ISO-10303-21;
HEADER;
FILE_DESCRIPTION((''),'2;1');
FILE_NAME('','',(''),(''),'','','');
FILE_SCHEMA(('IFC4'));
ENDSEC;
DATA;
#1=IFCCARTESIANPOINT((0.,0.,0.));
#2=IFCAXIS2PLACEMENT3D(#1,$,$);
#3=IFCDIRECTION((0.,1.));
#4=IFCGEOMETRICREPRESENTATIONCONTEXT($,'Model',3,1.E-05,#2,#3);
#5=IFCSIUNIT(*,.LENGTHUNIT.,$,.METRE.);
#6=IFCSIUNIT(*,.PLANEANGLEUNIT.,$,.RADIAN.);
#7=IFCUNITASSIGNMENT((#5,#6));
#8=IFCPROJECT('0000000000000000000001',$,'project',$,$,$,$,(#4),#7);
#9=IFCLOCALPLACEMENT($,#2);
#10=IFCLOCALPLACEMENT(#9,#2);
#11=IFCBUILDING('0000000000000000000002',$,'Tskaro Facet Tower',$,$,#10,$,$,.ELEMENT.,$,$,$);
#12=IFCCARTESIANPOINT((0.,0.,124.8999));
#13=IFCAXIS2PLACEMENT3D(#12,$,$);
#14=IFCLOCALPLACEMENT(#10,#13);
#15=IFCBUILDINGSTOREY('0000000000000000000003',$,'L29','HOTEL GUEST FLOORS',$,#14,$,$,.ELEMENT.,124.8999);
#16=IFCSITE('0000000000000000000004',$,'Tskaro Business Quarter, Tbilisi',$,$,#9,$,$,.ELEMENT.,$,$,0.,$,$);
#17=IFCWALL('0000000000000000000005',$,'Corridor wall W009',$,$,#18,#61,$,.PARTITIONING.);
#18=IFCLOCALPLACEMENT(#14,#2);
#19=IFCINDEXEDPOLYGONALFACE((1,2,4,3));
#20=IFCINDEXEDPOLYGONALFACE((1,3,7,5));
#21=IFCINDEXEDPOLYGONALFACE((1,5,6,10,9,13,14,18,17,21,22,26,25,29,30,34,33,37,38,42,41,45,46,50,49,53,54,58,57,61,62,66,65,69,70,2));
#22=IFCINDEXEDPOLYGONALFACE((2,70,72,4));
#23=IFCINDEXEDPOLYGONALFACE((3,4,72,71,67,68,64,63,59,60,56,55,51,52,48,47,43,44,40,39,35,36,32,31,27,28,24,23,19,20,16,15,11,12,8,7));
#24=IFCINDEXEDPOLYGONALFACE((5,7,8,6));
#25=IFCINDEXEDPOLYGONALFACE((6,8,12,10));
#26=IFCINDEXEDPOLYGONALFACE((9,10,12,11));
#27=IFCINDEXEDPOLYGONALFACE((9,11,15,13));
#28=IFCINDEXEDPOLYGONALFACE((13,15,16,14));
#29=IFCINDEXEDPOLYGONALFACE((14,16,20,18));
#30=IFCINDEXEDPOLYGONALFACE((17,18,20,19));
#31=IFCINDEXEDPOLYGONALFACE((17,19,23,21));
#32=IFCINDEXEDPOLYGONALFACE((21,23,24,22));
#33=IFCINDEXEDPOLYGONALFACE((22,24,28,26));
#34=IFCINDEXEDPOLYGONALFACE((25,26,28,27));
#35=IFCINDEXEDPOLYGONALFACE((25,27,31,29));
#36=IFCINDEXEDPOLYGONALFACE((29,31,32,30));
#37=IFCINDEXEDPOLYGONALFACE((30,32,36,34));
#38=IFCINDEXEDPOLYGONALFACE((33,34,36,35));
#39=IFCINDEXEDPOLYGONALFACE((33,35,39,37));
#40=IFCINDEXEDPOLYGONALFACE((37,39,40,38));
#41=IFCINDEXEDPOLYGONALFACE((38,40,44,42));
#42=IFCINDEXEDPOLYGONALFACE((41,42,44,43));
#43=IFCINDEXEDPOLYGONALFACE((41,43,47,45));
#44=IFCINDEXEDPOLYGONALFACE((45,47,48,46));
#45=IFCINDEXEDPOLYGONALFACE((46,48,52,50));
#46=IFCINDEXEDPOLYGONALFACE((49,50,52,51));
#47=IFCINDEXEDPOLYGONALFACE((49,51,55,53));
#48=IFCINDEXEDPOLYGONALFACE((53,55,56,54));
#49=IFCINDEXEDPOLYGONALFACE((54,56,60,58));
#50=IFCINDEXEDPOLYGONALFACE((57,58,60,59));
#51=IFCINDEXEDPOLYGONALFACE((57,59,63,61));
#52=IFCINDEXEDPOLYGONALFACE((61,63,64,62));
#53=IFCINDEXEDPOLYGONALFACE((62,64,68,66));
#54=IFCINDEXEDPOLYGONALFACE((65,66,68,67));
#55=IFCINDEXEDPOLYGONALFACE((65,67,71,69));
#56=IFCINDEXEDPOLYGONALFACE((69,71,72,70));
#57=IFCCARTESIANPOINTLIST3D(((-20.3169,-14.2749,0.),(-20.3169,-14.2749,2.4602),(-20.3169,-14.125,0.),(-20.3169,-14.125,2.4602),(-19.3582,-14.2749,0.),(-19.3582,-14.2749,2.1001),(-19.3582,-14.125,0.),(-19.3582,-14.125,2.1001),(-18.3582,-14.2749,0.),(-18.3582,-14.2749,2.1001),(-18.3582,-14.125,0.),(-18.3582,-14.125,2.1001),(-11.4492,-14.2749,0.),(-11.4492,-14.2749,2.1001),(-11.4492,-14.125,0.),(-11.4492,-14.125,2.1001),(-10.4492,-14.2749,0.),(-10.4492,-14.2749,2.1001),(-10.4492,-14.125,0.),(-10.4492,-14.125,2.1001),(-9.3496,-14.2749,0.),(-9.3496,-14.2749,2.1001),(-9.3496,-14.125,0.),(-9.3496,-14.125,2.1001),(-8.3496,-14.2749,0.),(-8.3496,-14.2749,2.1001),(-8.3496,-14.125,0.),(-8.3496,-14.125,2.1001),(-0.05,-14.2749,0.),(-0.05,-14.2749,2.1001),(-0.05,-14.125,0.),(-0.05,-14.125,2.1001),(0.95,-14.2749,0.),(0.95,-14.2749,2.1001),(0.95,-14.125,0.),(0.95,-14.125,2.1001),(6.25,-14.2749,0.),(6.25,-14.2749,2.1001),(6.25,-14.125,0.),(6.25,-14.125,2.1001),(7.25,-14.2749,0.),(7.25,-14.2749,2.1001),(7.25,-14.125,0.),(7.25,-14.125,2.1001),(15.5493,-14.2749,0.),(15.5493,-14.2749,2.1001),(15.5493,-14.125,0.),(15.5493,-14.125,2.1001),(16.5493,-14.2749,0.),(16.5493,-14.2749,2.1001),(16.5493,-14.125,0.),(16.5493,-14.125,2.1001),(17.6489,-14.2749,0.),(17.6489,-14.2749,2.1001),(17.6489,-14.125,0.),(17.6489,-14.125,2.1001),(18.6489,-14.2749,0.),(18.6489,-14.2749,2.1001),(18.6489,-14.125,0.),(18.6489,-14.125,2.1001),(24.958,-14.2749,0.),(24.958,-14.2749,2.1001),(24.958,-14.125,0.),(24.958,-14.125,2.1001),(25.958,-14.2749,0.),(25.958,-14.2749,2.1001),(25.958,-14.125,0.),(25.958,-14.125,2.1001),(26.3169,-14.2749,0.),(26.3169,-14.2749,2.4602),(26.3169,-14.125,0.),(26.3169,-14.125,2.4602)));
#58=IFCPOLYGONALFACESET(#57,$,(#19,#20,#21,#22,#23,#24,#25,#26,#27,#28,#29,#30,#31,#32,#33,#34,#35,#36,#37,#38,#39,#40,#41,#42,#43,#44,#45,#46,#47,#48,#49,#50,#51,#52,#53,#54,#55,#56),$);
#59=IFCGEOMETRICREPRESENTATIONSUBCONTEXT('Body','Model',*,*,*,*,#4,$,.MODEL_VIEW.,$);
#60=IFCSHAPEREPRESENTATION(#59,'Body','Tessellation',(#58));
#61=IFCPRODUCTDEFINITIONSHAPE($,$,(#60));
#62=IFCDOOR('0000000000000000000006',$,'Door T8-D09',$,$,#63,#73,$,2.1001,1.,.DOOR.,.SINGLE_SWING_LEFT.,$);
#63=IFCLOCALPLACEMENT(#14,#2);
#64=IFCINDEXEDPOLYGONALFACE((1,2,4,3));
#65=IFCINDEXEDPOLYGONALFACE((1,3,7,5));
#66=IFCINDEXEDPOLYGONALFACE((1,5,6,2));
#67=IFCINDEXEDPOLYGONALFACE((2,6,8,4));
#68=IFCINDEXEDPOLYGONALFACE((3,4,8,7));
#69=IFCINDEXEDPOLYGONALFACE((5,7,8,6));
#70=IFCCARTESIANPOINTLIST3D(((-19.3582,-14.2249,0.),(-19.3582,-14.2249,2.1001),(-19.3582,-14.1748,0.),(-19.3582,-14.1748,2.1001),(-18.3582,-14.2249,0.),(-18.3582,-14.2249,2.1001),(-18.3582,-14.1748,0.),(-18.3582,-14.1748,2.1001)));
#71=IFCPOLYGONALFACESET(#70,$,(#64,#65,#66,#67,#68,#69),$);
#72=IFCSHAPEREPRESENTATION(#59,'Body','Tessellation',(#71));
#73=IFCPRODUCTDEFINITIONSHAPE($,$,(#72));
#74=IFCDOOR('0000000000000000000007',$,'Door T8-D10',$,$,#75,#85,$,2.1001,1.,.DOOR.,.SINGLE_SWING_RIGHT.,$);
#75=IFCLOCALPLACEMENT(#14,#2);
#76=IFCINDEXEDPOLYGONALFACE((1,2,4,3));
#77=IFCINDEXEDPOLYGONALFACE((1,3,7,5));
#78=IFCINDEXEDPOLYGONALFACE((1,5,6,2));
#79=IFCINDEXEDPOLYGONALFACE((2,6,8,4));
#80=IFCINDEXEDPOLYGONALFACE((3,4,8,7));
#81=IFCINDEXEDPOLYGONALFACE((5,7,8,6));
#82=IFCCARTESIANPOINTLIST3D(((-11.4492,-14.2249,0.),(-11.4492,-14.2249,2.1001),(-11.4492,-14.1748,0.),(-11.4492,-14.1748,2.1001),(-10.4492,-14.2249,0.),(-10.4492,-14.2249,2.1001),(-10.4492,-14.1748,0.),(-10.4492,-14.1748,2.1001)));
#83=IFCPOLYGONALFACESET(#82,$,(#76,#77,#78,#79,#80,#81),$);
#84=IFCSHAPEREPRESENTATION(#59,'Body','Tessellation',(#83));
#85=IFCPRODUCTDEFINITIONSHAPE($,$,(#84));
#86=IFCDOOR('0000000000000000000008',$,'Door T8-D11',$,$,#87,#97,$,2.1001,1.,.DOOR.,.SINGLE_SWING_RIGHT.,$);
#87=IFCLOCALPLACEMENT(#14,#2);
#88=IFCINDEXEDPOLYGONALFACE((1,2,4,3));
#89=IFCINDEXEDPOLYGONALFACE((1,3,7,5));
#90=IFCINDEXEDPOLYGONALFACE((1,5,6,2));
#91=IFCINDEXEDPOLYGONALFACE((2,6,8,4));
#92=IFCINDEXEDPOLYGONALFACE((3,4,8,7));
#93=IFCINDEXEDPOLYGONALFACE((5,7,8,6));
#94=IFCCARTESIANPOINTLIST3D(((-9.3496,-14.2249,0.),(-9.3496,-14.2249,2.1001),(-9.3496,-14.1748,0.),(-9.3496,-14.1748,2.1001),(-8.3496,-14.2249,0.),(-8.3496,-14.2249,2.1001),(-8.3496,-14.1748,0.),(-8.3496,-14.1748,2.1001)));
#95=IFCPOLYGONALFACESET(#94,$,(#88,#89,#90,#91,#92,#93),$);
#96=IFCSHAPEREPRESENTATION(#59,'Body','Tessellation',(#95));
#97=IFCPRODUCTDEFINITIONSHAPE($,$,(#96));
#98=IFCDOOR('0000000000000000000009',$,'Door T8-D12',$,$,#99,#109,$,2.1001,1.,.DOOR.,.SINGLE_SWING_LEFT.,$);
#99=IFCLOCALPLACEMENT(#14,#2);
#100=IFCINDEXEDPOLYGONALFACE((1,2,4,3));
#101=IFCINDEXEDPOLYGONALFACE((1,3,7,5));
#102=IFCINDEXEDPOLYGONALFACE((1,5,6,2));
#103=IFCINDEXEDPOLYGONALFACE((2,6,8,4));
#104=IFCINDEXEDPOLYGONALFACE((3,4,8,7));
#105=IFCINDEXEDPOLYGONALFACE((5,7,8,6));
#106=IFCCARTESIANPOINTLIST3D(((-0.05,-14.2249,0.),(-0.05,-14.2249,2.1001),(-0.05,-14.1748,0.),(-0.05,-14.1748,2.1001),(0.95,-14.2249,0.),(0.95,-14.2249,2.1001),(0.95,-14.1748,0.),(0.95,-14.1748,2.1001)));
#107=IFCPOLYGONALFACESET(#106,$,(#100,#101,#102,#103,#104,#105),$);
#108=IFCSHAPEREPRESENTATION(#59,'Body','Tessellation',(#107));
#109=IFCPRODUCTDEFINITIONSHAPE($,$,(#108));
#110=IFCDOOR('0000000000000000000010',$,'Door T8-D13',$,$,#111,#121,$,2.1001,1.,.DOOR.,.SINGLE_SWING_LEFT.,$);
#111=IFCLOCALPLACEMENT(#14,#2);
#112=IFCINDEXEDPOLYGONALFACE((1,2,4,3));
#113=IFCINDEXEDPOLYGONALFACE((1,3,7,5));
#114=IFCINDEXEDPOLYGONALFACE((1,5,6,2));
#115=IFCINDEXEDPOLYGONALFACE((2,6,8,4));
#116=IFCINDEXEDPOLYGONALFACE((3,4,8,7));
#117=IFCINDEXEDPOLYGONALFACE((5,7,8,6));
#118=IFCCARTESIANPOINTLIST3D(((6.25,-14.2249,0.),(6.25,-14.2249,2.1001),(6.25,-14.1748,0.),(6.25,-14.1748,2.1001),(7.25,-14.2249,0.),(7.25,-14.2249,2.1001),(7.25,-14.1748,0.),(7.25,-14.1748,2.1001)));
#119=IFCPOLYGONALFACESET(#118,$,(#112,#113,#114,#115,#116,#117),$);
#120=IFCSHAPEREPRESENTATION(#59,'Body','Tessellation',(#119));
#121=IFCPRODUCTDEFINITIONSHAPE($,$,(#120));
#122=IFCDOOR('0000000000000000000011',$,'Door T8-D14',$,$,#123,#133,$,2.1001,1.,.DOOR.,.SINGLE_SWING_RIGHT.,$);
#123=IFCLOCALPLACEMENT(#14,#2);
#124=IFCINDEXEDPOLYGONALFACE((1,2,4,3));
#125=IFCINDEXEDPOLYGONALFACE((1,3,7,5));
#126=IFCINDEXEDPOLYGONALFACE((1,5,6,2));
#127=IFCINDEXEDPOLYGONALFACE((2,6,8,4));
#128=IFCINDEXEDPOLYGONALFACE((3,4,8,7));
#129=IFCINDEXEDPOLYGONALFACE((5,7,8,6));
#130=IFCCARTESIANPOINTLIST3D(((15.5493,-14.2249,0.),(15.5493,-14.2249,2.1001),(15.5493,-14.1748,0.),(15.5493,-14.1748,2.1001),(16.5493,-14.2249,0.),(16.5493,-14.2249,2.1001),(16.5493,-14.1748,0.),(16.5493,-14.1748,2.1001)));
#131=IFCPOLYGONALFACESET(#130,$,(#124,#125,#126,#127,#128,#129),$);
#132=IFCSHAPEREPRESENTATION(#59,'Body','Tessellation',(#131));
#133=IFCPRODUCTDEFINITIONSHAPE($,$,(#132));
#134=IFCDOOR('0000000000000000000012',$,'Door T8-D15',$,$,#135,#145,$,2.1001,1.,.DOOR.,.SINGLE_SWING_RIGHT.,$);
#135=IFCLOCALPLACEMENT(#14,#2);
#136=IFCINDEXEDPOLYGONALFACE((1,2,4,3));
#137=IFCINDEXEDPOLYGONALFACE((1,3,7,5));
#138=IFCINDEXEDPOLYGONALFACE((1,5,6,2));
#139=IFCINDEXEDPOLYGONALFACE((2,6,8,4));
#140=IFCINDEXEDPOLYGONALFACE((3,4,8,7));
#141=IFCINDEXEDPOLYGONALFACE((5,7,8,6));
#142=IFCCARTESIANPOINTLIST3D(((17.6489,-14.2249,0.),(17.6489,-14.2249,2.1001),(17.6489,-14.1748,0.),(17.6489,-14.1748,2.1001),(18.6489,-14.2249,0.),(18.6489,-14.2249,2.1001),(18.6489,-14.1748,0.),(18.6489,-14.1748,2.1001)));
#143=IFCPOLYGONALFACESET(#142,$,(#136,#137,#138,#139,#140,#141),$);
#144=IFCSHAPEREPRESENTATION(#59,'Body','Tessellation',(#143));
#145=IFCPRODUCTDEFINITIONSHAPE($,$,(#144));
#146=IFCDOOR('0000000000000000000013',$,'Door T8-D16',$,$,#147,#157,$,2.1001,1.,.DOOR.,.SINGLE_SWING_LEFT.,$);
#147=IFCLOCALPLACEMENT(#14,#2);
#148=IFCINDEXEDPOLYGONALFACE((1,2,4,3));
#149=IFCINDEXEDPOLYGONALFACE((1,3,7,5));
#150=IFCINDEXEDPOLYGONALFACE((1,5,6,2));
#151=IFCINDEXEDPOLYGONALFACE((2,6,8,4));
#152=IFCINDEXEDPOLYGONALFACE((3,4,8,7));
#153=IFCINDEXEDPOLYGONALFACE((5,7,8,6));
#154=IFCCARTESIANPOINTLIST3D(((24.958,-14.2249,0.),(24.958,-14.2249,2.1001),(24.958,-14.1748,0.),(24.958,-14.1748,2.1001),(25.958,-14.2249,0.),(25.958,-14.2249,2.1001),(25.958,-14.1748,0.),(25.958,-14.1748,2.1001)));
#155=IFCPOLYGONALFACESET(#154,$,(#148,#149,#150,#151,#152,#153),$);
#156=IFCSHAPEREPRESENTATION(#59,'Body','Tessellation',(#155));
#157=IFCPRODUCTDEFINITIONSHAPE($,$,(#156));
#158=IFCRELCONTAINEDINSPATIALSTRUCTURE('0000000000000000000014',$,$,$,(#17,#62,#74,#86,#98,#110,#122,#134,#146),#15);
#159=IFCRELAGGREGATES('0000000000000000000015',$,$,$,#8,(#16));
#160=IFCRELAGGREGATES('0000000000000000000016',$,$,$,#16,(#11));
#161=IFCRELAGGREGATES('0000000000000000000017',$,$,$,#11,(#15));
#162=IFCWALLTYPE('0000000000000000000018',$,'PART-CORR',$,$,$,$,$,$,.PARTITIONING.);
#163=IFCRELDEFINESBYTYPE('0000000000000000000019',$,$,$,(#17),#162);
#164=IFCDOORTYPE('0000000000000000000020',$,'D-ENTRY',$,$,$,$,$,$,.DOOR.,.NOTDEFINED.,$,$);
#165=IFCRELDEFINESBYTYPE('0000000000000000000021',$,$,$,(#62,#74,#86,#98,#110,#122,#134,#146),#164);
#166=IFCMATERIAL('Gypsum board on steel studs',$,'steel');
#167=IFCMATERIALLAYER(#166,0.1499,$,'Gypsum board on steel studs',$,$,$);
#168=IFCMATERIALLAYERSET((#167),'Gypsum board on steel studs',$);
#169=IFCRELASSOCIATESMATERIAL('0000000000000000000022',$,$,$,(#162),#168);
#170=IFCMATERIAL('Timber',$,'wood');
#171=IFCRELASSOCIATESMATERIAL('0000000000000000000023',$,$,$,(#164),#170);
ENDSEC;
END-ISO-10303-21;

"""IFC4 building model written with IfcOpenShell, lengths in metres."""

from ifc_helpers import new_model, si_unit, direction, frame, frame_2d, origin, place, context, subcontext, project, spatial, rectangle, extrude, material, layer, layer_set, type_object, element, fill, save


model = new_model("IFC4")

# Units and contexts
model_context = context("Model", 3, precision=1e-05, world=origin(), true_north=direction((0.0, 1.0)))
body_context = subcontext(model_context, "Body", "Model", "MODEL_VIEW")
ifc_project = project(units=[si_unit("LENGTHUNIT", "METRE"), si_unit("PLANEANGLEUNIT", "RADIAN")], contexts=[model_context])

# Site, building, storey
site_placement = place(None, origin())
site = spatial("IfcSite", under=ifc_project, at=site_placement, Name="Tskaro Business Quarter, Tbilisi", CompositionType="ELEMENT", RefElevation=0.0)
building_placement = place(site_placement, origin())
building = spatial("IfcBuilding", under=site, at=building_placement, Name="Tskaro Facet Tower", CompositionType="ELEMENT")
storey_placement = place(building_placement, frame((0.0, 0.0, 124.8999)))
storey = spatial("IfcBuildingStorey", under=building, at=storey_placement, Name="L29", Description="HOTEL GUEST FLOORS", CompositionType="ELEMENT", Elevation=124.8999)

# Wall, openings, doors
ifc_material_1 = material(Name="Gypsum board on steel studs", Category="steel")
ifc_layer_1 = layer(ifc_material_1, 0.1499, Name="Gypsum board on steel studs")
ifc_layer_set_1 = layer_set([ifc_layer_1], Name="Gypsum board on steel studs")
wall_type = type_object("IfcWallType", Name="PART-CORR", PredefinedType="PARTITIONING", material=ifc_layer_set_1)
wall_1_placement = place(storey_placement, frame((26.3169, -14.2, 0.0), z_axis=(0.0, 0.0, 1.0), x_axis=(-1.0, 0.0, 0.0)))
wall_1 = element("IfcWall", 1, at=wall_1_placement, inside=storey, type_object=wall_type, Name="Corridor wall W009", PredefinedType="PARTITIONING", context=body_context, shape_type="SweptSolid", body=[
    extrude(rectangle(XDim=46.6338, YDim=0.1499, at=frame_2d((23.3169, 0.0))), origin(), (0.0, 0.0, 1.0), 2.4602),
])
opening_1_placement = place(wall_1_placement, frame((44.675, 0.0, 0.0)))
opening_1 = element("IfcOpeningElement", 2, at=opening_1_placement, cuts=wall_1, PredefinedType="OPENING", context=body_context, shape_type="SweptSolid", body=[
    extrude(rectangle(XDim=1.0, YDim=2.1001, at=frame_2d((0.5, 1.05))), frame((0.0, 0.085, 0.0), z_axis=(0.0, -1.0, 0.0), x_axis=(1.0, 0.0, 0.0)), (0.0, 0.0, 1.0), 0.1699),
])
opening_2_placement = place(wall_1_placement, frame((36.7661, 0.0, 0.0)))
opening_2 = element("IfcOpeningElement", 3, at=opening_2_placement, cuts=wall_1, PredefinedType="OPENING", context=body_context, shape_type="SweptSolid", body=[
    extrude(rectangle(XDim=1.0, YDim=2.1001, at=frame_2d((0.5, 1.05))), frame((0.0, 0.085, 0.0), z_axis=(0.0, -1.0, 0.0), x_axis=(1.0, 0.0, 0.0)), (0.0, 0.0, 1.0), 0.1699),
])
opening_3_placement = place(wall_1_placement, frame((34.6665, 0.0, 0.0)))
opening_3 = element("IfcOpeningElement", 4, at=opening_3_placement, cuts=wall_1, PredefinedType="OPENING", context=body_context, shape_type="SweptSolid", body=[
    extrude(rectangle(XDim=1.0, YDim=2.1001, at=frame_2d((0.5, 1.05))), frame((0.0, 0.085, 0.0), z_axis=(0.0, -1.0, 0.0), x_axis=(1.0, 0.0, 0.0)), (0.0, 0.0, 1.0), 0.1699),
])
opening_4_placement = place(wall_1_placement, frame((25.3669, 0.0, 0.0)))
opening_4 = element("IfcOpeningElement", 5, at=opening_4_placement, cuts=wall_1, PredefinedType="OPENING", context=body_context, shape_type="SweptSolid", body=[
    extrude(rectangle(XDim=1.0, YDim=2.1001, at=frame_2d((0.5, 1.05))), frame((0.0, 0.085, 0.0), z_axis=(0.0, -1.0, 0.0), x_axis=(1.0, 0.0, 0.0)), (0.0, 0.0, 1.0), 0.1699),
])
opening_5_placement = place(wall_1_placement, frame((19.0669, 0.0, 0.0)))
opening_5 = element("IfcOpeningElement", 6, at=opening_5_placement, cuts=wall_1, PredefinedType="OPENING", context=body_context, shape_type="SweptSolid", body=[
    extrude(rectangle(XDim=1.0, YDim=2.1001, at=frame_2d((0.5, 1.05))), frame((0.0, 0.085, 0.0), z_axis=(0.0, -1.0, 0.0), x_axis=(1.0, 0.0, 0.0)), (0.0, 0.0, 1.0), 0.1699),
])
opening_6_placement = place(wall_1_placement, frame((9.7676, 0.0, 0.0)))
opening_6 = element("IfcOpeningElement", 7, at=opening_6_placement, cuts=wall_1, PredefinedType="OPENING", context=body_context, shape_type="SweptSolid", body=[
    extrude(rectangle(XDim=1.0, YDim=2.1001, at=frame_2d((0.5, 1.05))), frame((0.0, 0.085, 0.0), z_axis=(0.0, -1.0, 0.0), x_axis=(1.0, 0.0, 0.0)), (0.0, 0.0, 1.0), 0.1699),
])
opening_7_placement = place(wall_1_placement, frame((7.668, 0.0, 0.0)))
opening_7 = element("IfcOpeningElement", 8, at=opening_7_placement, cuts=wall_1, PredefinedType="OPENING", context=body_context, shape_type="SweptSolid", body=[
    extrude(rectangle(XDim=1.0, YDim=2.1001, at=frame_2d((0.5, 1.05))), frame((0.0, 0.085, 0.0), z_axis=(0.0, -1.0, 0.0), x_axis=(1.0, 0.0, 0.0)), (0.0, 0.0, 1.0), 0.1699),
])
opening_8_placement = place(wall_1_placement, frame((0.3589, 0.0, 0.0)))
opening_8 = element("IfcOpeningElement", 9, at=opening_8_placement, cuts=wall_1, PredefinedType="OPENING", context=body_context, shape_type="SweptSolid", body=[
    extrude(rectangle(XDim=1.0, YDim=2.1001, at=frame_2d((0.5, 1.05))), frame((0.0, 0.085, 0.0), z_axis=(0.0, -1.0, 0.0), x_axis=(1.0, 0.0, 0.0)), (0.0, 0.0, 1.0), 0.1699),
])
ifc_material_2 = material(Name="Timber", Category="wood")
door_type_1 = type_object("IfcDoorType", Name="D-ENTRY", OperationType="NOTDEFINED", PredefinedType="DOOR", material=ifc_material_2)
door_1_placement = place(opening_1_placement, origin())
door_1 = element("IfcDoor", 10, at=door_1_placement, inside=storey, type_object=door_type_1, Name="Door T8-D09", OperationType="SINGLE_SWING_LEFT", OverallHeight=2.1001, OverallWidth=1.0, PredefinedType="DOOR", context=body_context, shape_type="SweptSolid", body=[
    extrude(rectangle(XDim=1.0, YDim=2.1001, at=frame_2d((0.5, 1.05))), frame((0.0, 0.0249, 0.0), z_axis=(0.0, -1.0, 0.0), x_axis=(1.0, 0.0, 0.0)), (0.0, 0.0, 1.0), 0.05),
])
fill(opening_1, door_1)
door_2_placement = place(opening_2_placement, origin())
door_2 = element("IfcDoor", 11, at=door_2_placement, inside=storey, type_object=door_type_1, Name="Door T8-D10", OperationType="SINGLE_SWING_RIGHT", OverallHeight=2.1001, OverallWidth=1.0, PredefinedType="DOOR", context=body_context, shape_type="SweptSolid", body=[
    extrude(rectangle(XDim=1.0, YDim=2.1001, at=frame_2d((0.5, 1.05))), frame((0.0, 0.0249, 0.0), z_axis=(0.0, -1.0, 0.0), x_axis=(1.0, 0.0, 0.0)), (0.0, 0.0, 1.0), 0.05),
])
fill(opening_2, door_2)
door_3_placement = place(opening_3_placement, origin())
door_3 = element("IfcDoor", 12, at=door_3_placement, inside=storey, type_object=door_type_1, Name="Door T8-D11", OperationType="SINGLE_SWING_RIGHT", OverallHeight=2.1001, OverallWidth=1.0, PredefinedType="DOOR", context=body_context, shape_type="SweptSolid", body=[
    extrude(rectangle(XDim=1.0, YDim=2.1001, at=frame_2d((0.5, 1.05))), frame((0.0, 0.0249, 0.0), z_axis=(0.0, -1.0, 0.0), x_axis=(1.0, 0.0, 0.0)), (0.0, 0.0, 1.0), 0.05),
])
fill(opening_3, door_3)
door_4_placement = place(opening_4_placement, origin())
door_4 = element("IfcDoor", 13, at=door_4_placement, inside=storey, type_object=door_type_1, Name="Door T8-D12", OperationType="SINGLE_SWING_LEFT", OverallHeight=2.1001, OverallWidth=1.0, PredefinedType="DOOR", context=body_context, shape_type="SweptSolid", body=[
    extrude(rectangle(XDim=1.0, YDim=2.1001, at=frame_2d((0.5, 1.05))), frame((0.0, 0.0249, 0.0), z_axis=(0.0, -1.0, 0.0), x_axis=(1.0, 0.0, 0.0)), (0.0, 0.0, 1.0), 0.05),
])
fill(opening_4, door_4)
door_5_placement = place(opening_5_placement, origin())
door_5 = element("IfcDoor", 14, at=door_5_placement, inside=storey, type_object=door_type_1, Name="Door T8-D13", OperationType="SINGLE_SWING_LEFT", OverallHeight=2.1001, OverallWidth=1.0, PredefinedType="DOOR", context=body_context, shape_type="SweptSolid", body=[
    extrude(rectangle(XDim=1.0, YDim=2.1001, at=frame_2d((0.5, 1.05))), frame((0.0, 0.0249, 0.0), z_axis=(0.0, -1.0, 0.0), x_axis=(1.0, 0.0, 0.0)), (0.0, 0.0, 1.0), 0.05),
])
fill(opening_5, door_5)
door_6_placement = place(opening_6_placement, origin())
door_6 = element("IfcDoor", 15, at=door_6_placement, inside=storey, type_object=door_type_1, Name="Door T8-D14", OperationType="SINGLE_SWING_RIGHT", OverallHeight=2.1001, OverallWidth=1.0, PredefinedType="DOOR", context=body_context, shape_type="SweptSolid", body=[
    extrude(rectangle(XDim=1.0, YDim=2.1001, at=frame_2d((0.5, 1.05))), frame((0.0, 0.0249, 0.0), z_axis=(0.0, -1.0, 0.0), x_axis=(1.0, 0.0, 0.0)), (0.0, 0.0, 1.0), 0.05),
])
fill(opening_6, door_6)
door_7_placement = place(opening_7_placement, origin())
door_7 = element("IfcDoor", 16, at=door_7_placement, inside=storey, type_object=door_type_1, Name="Door T8-D15", OperationType="SINGLE_SWING_RIGHT", OverallHeight=2.1001, OverallWidth=1.0, PredefinedType="DOOR", context=body_context, shape_type="SweptSolid", body=[
    extrude(rectangle(XDim=1.0, YDim=2.1001, at=frame_2d((0.5, 1.05))), frame((0.0, 0.0249, 0.0), z_axis=(0.0, -1.0, 0.0), x_axis=(1.0, 0.0, 0.0)), (0.0, 0.0, 1.0), 0.05),
])
fill(opening_7, door_7)
door_8_placement = place(opening_8_placement, origin())
door_8 = element("IfcDoor", 17, at=door_8_placement, inside=storey, type_object=door_type_1, Name="Door T8-D16", OperationType="SINGLE_SWING_LEFT", OverallHeight=2.1001, OverallWidth=1.0, PredefinedType="DOOR", context=body_context, shape_type="SweptSolid", body=[
    extrude(rectangle(XDim=1.0, YDim=2.1001, at=frame_2d((0.5, 1.05))), frame((0.0, 0.0249, 0.0), z_axis=(0.0, -1.0, 0.0), x_axis=(1.0, 0.0, 0.0)), (0.0, 0.0, 1.0), 0.05),
])
fill(opening_8, door_8)

save(model, "model.ifc")
